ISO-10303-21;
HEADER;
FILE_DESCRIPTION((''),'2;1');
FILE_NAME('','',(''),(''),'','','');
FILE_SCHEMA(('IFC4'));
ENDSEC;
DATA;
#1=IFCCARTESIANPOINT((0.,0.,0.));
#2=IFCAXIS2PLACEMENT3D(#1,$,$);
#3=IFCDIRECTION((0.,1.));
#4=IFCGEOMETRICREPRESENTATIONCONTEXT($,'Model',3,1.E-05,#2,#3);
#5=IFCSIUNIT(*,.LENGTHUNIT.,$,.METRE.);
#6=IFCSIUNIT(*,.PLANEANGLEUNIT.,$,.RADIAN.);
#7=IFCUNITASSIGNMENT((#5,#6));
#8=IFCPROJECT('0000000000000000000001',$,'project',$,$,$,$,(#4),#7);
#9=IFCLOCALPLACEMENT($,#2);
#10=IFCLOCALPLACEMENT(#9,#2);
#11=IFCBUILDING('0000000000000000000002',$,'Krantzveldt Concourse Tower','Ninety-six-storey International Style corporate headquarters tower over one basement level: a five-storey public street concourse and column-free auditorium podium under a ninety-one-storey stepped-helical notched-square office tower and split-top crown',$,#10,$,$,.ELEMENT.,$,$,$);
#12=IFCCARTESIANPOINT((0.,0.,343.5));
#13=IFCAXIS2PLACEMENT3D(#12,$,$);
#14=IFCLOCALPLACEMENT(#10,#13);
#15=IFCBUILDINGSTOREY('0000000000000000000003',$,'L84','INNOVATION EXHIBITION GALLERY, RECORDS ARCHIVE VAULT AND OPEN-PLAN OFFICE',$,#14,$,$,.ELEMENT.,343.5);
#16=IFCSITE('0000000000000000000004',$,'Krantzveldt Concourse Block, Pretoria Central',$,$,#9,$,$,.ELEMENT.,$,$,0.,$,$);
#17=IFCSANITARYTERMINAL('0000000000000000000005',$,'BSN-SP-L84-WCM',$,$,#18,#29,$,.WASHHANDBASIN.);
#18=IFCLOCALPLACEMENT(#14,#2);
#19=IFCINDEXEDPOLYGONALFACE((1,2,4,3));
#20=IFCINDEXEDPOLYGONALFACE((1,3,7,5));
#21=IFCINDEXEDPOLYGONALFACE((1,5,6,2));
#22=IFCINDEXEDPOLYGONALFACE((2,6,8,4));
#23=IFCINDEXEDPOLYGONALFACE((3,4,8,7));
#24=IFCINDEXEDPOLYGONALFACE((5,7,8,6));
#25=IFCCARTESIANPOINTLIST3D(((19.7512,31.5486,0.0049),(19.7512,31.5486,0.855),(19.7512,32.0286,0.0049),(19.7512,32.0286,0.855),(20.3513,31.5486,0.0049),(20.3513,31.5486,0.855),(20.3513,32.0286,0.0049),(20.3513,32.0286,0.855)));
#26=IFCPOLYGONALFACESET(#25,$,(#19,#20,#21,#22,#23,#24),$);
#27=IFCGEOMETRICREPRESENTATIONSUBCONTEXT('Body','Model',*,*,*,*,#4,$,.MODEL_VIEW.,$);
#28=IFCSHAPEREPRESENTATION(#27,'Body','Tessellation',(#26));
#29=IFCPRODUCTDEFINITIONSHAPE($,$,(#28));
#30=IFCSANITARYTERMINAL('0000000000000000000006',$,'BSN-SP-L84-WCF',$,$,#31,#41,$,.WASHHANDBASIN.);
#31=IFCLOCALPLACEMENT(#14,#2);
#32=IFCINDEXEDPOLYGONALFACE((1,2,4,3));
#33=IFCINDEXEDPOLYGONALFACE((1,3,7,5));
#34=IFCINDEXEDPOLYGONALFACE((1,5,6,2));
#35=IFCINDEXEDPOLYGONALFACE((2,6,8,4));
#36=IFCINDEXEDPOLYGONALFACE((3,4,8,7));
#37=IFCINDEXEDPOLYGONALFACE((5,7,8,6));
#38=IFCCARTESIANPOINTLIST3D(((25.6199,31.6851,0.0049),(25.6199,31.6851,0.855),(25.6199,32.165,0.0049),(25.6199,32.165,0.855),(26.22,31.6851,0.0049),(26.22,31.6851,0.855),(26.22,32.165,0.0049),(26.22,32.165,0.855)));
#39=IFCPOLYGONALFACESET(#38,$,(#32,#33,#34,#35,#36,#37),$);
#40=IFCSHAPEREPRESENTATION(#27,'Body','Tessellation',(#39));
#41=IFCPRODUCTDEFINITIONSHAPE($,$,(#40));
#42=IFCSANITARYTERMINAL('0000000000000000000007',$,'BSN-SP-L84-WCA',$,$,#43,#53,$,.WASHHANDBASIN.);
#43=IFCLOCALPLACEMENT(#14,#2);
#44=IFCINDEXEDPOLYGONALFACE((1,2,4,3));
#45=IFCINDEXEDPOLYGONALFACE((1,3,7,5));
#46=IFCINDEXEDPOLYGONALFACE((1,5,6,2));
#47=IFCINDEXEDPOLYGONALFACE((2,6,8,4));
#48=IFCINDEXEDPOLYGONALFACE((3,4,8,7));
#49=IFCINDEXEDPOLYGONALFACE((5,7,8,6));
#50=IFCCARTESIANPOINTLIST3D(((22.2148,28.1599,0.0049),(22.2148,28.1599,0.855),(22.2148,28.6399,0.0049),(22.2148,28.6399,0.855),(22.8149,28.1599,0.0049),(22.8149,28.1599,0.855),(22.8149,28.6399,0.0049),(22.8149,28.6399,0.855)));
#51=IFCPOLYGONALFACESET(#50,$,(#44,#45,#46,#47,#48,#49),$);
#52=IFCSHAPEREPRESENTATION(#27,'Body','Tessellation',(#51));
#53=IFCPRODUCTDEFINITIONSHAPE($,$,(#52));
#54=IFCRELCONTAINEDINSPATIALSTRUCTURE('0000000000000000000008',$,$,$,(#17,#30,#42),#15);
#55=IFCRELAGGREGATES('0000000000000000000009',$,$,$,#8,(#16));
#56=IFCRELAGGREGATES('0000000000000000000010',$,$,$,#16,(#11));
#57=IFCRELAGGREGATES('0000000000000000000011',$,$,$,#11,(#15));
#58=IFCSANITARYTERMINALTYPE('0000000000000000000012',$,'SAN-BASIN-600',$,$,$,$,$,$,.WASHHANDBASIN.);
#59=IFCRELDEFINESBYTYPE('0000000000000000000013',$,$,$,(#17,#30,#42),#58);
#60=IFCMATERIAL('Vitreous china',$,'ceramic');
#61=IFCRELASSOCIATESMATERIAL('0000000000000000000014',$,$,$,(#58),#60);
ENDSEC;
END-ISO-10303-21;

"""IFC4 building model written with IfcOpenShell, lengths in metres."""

from ifc_helpers import new_model, si_unit, direction, frame, origin, origin_2d, place, context, subcontext, project, spatial, rectangle, extrude, source, transform, mapped, material, type_object, type_shapes, element, save


model = new_model("IFC4")

# Units and contexts
model_context = context("Model", 3, precision=1e-05, world=origin(), true_north=direction((0.0, 1.0)))
body_context = subcontext(model_context, "Body", "Model", "MODEL_VIEW")
ifc_project = project(units=[si_unit("LENGTHUNIT", "METRE"), si_unit("PLANEANGLEUNIT", "RADIAN")], contexts=[model_context])

# Site, building, storey
site_placement = place(None, origin())
site = spatial("IfcSite", under=ifc_project, at=site_placement, Name="Krantzveldt Concourse Block, Pretoria Central", CompositionType="ELEMENT", RefElevation=0.0)
building_placement = place(site_placement, origin())
building = spatial("IfcBuilding", under=site, at=building_placement, Name="Krantzveldt Concourse Tower", Description="Ninety-six-storey International Style corporate headquarters tower over one basement level: a five-storey public street concourse and column-free auditorium podium under a ninety-one-storey stepped-helical notched-square office tower and split-top crown", CompositionType="ELEMENT")
storey_placement = place(building_placement, frame((0.0, 0.0, 343.5)))
storey = spatial("IfcBuildingStorey", under=building, at=storey_placement, Name="L84", Description="INNOVATION EXHIBITION GALLERY, RECORDS ARCHIVE VAULT AND OPEN-PLAN OFFICE", CompositionType="ELEMENT", Elevation=343.5)

# Sanitary terminals
ifc_material_1 = material(Name="Vitreous china", Category="ceramic")
sanitary_terminal_type_1 = type_object("IfcSanitaryTerminalType", Name="SAN-BASIN-600", PredefinedType="WASHHANDBASIN", material=ifc_material_1)
shared_shape_1 = source(origin(), body_context, "Body", "SweptSolid", [
    extrude(rectangle(XDim=0.6001, YDim=0.48, at=origin_2d()), origin(), (0.0, 0.0, 1.0), 0.8501),
])
type_shapes(sanitary_terminal_type_1, [shared_shape_1])
for number, where, z_axis, x_axis, name in (
    (1, (20.0513, 31.7886, 0.0049), (0.0, 0.0, 1.0), (1.0, 0.0, 0.0), "BSN-SP-L84-WCM"),
    (2, (25.9199, 31.925, 0.0049), (0.0, 0.0, 1.0), (1.0, 0.0, 0.0), "BSN-SP-L84-WCF"),
    (3, (22.5149, 28.3999, 0.0049), (0.0, 0.0, 1.0), (1.0, 0.0, 0.0), "BSN-SP-L84-WCA"),
):
    element("IfcSanitaryTerminal", number, at=place(storey_placement, frame(where, z_axis=z_axis, x_axis=x_axis)), inside=storey, type_object=sanitary_terminal_type_1, Name=name, PredefinedType="WASHHANDBASIN", context=body_context, shape_type="MappedRepresentation", body=[
        mapped(shared_shape_1, transform((0.0, 0.0, 0.0), x_axis=(1.0, 0.0, 0.0), y_axis=(0.0, 1.0, 0.0), z_axis=(0.0, 0.0, 1.0), scale=1.0)),
    ])

save(model, "model.ifc")
